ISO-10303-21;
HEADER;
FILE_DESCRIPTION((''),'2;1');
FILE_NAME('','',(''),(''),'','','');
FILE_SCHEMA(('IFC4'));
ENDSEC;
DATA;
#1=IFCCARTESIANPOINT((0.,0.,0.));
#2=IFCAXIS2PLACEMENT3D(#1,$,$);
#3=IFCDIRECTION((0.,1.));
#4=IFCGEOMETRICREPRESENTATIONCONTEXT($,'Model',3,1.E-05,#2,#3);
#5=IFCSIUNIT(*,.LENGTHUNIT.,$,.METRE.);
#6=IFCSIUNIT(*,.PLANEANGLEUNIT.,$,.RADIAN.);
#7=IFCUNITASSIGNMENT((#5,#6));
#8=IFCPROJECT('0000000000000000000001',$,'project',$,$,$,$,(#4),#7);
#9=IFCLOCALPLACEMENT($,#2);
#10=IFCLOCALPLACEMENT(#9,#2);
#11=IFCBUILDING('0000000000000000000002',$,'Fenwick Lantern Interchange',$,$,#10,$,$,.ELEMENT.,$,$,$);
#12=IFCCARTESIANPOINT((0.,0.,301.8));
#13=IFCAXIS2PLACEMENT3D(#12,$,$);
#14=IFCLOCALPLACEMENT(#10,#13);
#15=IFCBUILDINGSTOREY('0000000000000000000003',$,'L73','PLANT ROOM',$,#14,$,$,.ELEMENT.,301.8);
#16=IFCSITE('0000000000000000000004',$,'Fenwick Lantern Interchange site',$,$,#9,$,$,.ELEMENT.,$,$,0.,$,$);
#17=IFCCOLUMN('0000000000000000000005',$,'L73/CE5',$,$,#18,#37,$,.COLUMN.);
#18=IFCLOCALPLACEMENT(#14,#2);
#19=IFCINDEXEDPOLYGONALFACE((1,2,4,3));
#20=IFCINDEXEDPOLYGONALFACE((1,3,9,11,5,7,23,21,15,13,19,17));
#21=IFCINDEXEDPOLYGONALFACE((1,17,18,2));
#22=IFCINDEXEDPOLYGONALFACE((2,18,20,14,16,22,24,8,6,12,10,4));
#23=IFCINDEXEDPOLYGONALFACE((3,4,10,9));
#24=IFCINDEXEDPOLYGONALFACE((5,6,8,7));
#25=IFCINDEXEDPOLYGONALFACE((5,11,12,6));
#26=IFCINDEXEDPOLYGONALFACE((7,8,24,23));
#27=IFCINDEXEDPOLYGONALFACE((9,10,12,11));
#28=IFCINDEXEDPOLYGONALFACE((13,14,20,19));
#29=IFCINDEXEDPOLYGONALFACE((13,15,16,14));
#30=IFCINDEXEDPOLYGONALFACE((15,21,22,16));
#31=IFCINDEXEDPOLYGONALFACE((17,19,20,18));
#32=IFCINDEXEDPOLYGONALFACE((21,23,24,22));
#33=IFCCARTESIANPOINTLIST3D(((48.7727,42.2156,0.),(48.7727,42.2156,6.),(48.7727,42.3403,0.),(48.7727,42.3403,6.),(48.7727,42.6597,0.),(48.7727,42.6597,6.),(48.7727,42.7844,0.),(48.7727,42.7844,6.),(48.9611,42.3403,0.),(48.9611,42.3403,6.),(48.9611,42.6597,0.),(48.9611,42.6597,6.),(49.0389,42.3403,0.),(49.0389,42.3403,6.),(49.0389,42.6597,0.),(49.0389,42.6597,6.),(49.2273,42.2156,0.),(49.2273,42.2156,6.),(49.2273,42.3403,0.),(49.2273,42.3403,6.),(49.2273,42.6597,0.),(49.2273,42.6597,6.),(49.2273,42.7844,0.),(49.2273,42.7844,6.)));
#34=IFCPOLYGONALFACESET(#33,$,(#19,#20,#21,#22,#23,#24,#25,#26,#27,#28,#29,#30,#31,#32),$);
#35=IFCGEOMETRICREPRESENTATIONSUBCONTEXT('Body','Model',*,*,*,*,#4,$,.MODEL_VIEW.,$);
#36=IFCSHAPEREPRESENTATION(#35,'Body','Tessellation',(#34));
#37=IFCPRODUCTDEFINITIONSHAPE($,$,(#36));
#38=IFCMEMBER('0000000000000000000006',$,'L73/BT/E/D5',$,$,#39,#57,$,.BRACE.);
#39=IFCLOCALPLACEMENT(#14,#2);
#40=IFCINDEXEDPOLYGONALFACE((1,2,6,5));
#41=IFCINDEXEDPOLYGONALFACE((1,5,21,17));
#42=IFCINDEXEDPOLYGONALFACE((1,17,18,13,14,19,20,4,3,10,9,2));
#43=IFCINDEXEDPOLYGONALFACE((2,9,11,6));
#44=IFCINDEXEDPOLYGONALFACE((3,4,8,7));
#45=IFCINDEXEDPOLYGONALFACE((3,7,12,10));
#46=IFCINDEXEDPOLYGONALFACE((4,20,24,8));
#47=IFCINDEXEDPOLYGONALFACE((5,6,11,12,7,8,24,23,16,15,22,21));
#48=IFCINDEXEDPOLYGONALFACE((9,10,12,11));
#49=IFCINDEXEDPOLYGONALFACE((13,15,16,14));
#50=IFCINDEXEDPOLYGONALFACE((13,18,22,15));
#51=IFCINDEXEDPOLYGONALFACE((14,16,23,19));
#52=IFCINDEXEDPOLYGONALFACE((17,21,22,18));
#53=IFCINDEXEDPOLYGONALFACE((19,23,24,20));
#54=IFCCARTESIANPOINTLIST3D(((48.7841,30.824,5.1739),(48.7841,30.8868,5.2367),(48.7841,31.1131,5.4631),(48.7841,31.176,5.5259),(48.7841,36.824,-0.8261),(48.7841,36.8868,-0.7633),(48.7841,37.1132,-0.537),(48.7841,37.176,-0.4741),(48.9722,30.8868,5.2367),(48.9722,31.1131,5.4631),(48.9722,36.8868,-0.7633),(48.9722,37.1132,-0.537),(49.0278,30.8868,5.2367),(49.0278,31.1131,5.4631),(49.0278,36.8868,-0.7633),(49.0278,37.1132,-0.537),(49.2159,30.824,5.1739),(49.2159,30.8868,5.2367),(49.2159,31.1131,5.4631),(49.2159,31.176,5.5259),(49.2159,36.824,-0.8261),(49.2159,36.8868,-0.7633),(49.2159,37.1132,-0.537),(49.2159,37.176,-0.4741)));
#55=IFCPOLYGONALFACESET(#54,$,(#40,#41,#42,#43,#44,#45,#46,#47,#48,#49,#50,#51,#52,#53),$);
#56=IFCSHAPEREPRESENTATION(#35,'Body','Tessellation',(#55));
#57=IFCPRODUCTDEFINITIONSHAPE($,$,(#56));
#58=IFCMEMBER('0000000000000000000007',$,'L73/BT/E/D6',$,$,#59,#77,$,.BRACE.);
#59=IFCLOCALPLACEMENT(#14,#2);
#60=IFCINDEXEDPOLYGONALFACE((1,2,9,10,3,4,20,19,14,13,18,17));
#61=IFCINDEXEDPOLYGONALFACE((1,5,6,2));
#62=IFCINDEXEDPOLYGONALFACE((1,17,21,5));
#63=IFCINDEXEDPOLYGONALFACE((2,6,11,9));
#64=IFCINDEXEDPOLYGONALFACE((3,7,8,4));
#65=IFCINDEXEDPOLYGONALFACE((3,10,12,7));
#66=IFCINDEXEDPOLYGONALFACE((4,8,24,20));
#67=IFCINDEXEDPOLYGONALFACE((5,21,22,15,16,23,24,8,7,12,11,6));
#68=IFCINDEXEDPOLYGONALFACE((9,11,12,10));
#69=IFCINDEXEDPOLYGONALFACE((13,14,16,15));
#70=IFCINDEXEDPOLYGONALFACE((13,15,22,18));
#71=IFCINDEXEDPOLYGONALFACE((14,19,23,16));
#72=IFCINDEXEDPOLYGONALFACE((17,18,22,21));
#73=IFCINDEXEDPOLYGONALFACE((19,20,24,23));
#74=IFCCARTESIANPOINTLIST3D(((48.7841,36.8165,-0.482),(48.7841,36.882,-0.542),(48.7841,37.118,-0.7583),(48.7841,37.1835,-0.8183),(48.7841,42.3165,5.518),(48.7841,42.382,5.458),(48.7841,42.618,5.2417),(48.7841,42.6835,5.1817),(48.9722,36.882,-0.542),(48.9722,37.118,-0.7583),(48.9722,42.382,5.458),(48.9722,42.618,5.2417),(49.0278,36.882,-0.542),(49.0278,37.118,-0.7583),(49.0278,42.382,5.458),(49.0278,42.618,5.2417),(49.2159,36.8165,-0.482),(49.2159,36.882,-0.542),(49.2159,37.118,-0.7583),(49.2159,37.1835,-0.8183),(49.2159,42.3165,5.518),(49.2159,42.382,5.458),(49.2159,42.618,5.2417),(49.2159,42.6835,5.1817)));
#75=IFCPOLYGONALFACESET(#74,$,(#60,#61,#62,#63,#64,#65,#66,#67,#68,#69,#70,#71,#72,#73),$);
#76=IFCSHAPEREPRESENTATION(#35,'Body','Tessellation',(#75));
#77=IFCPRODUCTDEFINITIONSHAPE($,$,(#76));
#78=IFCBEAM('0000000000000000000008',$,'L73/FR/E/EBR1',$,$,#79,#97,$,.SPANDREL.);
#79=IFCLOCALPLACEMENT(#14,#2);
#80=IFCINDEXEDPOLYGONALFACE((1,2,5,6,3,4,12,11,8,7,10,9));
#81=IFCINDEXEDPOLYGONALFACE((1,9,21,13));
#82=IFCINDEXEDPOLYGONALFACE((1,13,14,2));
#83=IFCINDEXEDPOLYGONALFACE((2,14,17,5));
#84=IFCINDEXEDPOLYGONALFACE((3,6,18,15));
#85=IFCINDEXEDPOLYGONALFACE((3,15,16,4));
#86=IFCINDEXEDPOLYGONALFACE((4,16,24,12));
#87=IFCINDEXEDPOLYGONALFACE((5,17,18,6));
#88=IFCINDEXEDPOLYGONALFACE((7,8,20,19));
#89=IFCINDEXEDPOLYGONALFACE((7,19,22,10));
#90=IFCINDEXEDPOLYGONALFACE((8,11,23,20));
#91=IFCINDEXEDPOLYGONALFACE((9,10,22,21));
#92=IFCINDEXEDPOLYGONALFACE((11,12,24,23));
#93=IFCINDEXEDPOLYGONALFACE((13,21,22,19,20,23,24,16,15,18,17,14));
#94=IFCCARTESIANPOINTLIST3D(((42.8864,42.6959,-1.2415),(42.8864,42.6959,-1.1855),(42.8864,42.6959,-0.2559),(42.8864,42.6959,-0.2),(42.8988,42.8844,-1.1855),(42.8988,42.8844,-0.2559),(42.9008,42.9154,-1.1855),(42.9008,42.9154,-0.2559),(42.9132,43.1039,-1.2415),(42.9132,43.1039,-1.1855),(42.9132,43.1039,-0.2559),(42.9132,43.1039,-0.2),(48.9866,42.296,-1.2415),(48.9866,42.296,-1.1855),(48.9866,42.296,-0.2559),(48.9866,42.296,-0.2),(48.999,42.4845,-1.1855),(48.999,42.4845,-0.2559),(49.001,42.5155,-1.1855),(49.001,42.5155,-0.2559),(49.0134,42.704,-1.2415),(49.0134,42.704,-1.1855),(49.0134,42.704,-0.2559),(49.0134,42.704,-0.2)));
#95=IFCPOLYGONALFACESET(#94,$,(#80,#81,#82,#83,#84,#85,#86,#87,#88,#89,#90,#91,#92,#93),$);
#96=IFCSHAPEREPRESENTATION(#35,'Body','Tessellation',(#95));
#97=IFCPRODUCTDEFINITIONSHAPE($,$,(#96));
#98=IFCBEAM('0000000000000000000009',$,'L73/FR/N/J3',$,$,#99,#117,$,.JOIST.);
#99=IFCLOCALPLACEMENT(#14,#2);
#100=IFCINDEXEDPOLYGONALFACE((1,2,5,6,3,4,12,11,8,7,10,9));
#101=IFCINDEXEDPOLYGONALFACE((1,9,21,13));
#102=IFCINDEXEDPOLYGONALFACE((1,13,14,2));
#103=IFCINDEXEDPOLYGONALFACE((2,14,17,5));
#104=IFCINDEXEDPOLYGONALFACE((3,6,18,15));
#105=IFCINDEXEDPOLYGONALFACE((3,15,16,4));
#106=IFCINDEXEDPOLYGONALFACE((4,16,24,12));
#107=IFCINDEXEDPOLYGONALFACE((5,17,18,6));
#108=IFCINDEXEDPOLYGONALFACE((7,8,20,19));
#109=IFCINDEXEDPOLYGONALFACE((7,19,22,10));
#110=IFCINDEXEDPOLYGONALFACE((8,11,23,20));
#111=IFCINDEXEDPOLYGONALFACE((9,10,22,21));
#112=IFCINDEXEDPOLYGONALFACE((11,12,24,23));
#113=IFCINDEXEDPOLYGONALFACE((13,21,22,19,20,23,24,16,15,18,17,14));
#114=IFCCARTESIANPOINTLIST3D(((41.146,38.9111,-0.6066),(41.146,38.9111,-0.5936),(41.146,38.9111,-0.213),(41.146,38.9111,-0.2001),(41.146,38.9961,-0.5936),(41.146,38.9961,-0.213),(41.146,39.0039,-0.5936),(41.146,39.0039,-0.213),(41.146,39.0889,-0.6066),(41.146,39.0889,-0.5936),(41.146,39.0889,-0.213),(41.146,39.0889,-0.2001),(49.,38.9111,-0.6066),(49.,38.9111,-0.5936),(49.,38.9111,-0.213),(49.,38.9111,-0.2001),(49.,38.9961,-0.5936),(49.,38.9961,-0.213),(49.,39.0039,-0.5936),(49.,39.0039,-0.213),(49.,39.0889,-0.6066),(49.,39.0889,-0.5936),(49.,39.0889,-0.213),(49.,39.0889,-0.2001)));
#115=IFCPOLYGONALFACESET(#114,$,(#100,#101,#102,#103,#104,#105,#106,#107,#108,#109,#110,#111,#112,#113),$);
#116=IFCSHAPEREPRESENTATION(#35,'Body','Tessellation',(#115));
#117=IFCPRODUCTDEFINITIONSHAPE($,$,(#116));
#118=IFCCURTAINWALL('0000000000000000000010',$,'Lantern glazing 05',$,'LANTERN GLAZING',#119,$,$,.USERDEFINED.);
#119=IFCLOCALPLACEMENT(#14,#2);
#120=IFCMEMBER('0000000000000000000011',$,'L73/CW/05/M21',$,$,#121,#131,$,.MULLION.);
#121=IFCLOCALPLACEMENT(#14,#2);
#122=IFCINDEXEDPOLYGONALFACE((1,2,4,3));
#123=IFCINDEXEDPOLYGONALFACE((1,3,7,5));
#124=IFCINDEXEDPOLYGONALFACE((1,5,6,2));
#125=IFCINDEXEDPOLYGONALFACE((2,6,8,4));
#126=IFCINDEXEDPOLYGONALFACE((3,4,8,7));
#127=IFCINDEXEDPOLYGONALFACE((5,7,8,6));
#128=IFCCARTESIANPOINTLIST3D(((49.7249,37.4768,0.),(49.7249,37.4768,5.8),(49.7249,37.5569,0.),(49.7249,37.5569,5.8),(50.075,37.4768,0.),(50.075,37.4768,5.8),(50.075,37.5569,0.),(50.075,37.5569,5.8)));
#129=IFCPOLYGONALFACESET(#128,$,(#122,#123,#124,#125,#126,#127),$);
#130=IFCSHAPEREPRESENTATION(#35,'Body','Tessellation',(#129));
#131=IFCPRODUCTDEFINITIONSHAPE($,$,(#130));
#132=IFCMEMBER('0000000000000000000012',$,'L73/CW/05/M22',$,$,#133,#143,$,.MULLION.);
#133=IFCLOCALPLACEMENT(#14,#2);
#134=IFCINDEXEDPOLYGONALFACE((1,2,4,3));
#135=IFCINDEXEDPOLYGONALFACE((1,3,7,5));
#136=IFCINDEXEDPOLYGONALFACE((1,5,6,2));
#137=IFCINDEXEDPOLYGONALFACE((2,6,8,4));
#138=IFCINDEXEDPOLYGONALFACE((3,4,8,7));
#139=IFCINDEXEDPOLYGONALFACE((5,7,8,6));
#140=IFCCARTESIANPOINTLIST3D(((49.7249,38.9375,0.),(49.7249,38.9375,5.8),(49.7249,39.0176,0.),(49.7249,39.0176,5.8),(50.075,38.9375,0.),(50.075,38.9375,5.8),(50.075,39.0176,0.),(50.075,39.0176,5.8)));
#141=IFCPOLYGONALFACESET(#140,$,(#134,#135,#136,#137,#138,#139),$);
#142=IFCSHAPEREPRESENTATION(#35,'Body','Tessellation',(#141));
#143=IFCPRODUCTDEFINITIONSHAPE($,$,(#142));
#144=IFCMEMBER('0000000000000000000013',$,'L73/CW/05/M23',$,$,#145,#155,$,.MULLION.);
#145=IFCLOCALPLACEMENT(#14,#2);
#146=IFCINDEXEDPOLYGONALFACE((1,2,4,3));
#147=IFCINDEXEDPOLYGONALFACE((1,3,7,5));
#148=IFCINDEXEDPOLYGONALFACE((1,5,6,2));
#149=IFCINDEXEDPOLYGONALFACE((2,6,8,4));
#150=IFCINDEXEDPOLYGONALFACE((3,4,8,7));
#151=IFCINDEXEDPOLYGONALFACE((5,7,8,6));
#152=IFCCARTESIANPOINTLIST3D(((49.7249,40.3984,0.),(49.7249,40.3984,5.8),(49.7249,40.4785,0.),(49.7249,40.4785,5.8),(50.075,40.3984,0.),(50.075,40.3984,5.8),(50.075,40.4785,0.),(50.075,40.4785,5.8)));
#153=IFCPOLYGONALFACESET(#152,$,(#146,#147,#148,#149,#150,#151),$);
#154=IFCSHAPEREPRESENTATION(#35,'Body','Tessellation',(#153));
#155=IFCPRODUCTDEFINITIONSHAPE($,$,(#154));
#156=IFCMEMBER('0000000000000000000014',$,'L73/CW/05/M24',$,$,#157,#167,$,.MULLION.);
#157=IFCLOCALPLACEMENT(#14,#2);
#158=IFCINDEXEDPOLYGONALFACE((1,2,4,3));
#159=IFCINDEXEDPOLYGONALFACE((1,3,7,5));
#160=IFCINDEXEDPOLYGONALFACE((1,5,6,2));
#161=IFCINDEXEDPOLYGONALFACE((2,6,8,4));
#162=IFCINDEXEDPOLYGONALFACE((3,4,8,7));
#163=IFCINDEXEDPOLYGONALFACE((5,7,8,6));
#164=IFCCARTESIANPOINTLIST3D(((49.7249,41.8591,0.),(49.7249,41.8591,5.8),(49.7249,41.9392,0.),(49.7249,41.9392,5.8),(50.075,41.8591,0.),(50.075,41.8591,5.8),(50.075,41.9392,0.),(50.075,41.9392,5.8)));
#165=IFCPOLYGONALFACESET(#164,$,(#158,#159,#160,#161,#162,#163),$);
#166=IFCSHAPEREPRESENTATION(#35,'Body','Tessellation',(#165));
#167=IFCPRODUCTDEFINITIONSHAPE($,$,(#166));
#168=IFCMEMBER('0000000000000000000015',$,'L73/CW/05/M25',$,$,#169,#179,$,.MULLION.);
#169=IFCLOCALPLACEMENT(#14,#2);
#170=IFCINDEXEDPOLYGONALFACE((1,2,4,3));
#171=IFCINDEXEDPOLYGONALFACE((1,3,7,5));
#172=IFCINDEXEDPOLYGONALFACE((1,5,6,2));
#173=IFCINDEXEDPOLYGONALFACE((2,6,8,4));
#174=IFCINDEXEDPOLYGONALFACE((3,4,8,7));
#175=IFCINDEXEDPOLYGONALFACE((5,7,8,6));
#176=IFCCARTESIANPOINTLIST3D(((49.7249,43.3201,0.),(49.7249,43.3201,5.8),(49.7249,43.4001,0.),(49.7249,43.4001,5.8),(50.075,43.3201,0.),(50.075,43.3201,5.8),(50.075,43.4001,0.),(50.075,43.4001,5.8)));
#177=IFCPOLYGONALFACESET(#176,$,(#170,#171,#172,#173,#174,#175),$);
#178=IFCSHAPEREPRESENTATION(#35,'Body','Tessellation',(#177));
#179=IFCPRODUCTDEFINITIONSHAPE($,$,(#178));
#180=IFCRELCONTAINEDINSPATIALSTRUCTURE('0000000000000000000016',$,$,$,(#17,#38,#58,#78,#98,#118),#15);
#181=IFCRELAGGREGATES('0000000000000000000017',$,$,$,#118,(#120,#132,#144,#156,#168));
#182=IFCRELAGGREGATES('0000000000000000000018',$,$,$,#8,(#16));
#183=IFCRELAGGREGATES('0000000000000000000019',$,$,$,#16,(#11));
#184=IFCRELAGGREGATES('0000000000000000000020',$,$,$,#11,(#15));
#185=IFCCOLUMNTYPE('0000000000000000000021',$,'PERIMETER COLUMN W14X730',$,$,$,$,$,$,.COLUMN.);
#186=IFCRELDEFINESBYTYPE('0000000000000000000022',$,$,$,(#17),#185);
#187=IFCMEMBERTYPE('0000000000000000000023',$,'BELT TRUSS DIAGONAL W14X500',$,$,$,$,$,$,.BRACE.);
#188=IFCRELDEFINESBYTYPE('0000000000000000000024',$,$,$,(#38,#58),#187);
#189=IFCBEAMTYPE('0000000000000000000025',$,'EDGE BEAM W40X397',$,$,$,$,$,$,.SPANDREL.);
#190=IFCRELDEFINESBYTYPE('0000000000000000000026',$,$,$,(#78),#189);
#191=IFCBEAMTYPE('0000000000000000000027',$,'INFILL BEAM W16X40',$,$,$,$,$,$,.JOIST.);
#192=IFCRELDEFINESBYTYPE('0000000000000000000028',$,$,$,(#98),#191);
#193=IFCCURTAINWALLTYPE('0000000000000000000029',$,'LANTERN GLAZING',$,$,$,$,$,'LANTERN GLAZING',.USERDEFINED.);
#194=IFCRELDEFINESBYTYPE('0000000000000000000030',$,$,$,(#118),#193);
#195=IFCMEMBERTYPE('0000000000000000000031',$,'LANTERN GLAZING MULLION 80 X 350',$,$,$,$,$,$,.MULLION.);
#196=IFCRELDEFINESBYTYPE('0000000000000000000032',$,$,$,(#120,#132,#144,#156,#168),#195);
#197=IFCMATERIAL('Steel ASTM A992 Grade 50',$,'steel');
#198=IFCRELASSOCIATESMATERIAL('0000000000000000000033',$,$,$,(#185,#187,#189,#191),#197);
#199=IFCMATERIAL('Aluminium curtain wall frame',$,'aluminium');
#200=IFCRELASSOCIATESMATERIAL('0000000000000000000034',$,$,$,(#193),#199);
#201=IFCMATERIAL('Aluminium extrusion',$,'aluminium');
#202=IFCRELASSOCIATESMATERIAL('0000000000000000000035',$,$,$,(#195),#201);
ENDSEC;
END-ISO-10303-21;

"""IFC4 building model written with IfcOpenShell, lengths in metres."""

from ifc_helpers import new_model, si_unit, direction, frame, origin, origin_2d, place, context, subcontext, project, spatial, rectangle, i_section, extrude, material, material_profile, profile_set, type_object, element, aggregate, save


model = new_model("IFC4")

# Units and contexts
model_context = context("Model", 3, precision=1e-05, world=origin(), true_north=direction((0.0, 1.0)))
body_context = subcontext(model_context, "Body", "Model", "MODEL_VIEW")
ifc_project = project(units=[si_unit("LENGTHUNIT", "METRE"), si_unit("PLANEANGLEUNIT", "RADIAN")], contexts=[model_context])

# Site, building, storey
site_placement = place(None, origin())
site = spatial("IfcSite", under=ifc_project, at=site_placement, Name="Fenwick Lantern Interchange site", CompositionType="ELEMENT", RefElevation=0.0)
building_placement = place(site_placement, origin())
building = spatial("IfcBuilding", under=site, at=building_placement, Name="Fenwick Lantern Interchange", CompositionType="ELEMENT")
storey_placement = place(building_placement, frame((0.0, 0.0, 301.8)))
storey = spatial("IfcBuildingStorey", under=building, at=storey_placement, Name="L73", Description="PLANT ROOM", CompositionType="ELEMENT", Elevation=301.8)

# Column
ifc_material_1 = material(Name="Steel ASTM A992 Grade 50", Category="steel")
ifc_material_profile_1 = material_profile(ifc_material_1, i_section(OverallWidth=0.4546, OverallDepth=0.5688, WebThickness=0.0779, FlangeThickness=0.1248, at=origin_2d()), Name="W14X730")
ifc_profile_set_1 = profile_set([ifc_material_profile_1], Name="Steel ASTM A992 Grade 50")
column_type = type_object("IfcColumnType", Name="PERIMETER COLUMN W14X730", PredefinedType="COLUMN", material=ifc_profile_set_1)
column_placement = place(storey_placement, frame((49.0, 42.5, 0.0), z_axis=(0.0, 0.0, 1.0), x_axis=(1.0, 0.0, 0.0)))
element("IfcColumn", 1, at=column_placement, inside=storey, type_object=column_type, Name="L73/CE5", PredefinedType="COLUMN", context=body_context, shape_type="SweptSolid", body=[
    extrude(i_section(OverallWidth=0.4546, OverallDepth=0.5688, WebThickness=0.0779, FlangeThickness=0.1248, at=origin_2d()), origin(), (0.0, 0.0, 1.0), 6.0),
])

# Members
ifc_material_profile_2 = material_profile(ifc_material_1, i_section(OverallWidth=0.4319, OverallDepth=0.4978, WebThickness=0.0557, FlangeThickness=0.0889, at=origin_2d()), Name="W14X500")
ifc_profile_set_2 = profile_set([ifc_material_profile_2], Name="Steel ASTM A992 Grade 50")
member_type_1 = type_object("IfcMemberType", Name="BELT TRUSS DIAGONAL W14X500", PredefinedType="BRACE", material=ifc_profile_set_2)
member_1_placement = place(storey_placement, frame((49.0, 37.0, -0.6501), z_axis=(0.0, -0.707107, 0.707107), x_axis=(1.0, 0.0, 0.0)))
element("IfcMember", 2, at=member_1_placement, inside=storey, type_object=member_type_1, Name="L73/BT/E/D5", PredefinedType="BRACE", context=body_context, shape_type="SweptSolid", body=[
    extrude(i_section(OverallWidth=0.4319, OverallDepth=0.4978, WebThickness=0.0557, FlangeThickness=0.0889, at=origin_2d()), origin(), (0.0, 0.0, 1.0), 8.4854),
])
member_2_placement = place(storey_placement, frame((49.0, 37.0, -0.6501), z_axis=(0.0, 0.675725, 0.737154), x_axis=(-1.0, 0.0, 0.0)))
element("IfcMember", 3, at=member_2_placement, inside=storey, type_object=member_type_1, Name="L73/BT/E/D6", PredefinedType="BRACE", context=body_context, shape_type="SweptSolid", body=[
    extrude(i_section(OverallWidth=0.4319, OverallDepth=0.4978, WebThickness=0.0557, FlangeThickness=0.0889, at=origin_2d()), origin(), (0.0, 0.0, 1.0), 8.1394),
])

# Beams
ifc_material_profile_3 = material_profile(ifc_material_1, i_section(OverallWidth=0.4089, OverallDepth=1.0415, WebThickness=0.031, FlangeThickness=0.0559, at=origin_2d()), Name="W40X397")
ifc_profile_set_3 = profile_set([ifc_material_profile_3], Name="Steel ASTM A992 Grade 50")
beam_type_1 = type_object("IfcBeamType", Name="EDGE BEAM W40X397", PredefinedType="SPANDREL", material=ifc_profile_set_3)
beam_1_placement = place(storey_placement, frame((49.0, 42.5, -0.7207), z_axis=(-0.997858, 0.065416, 0.0), x_axis=(-0.065416, -0.997858, 0.0)))
element("IfcBeam", 4, at=beam_1_placement, inside=storey, type_object=beam_type_1, Name="L73/FR/E/EBR1", PredefinedType="SPANDREL", context=body_context, shape_type="SweptSolid", body=[
    extrude(i_section(OverallWidth=0.4089, OverallDepth=1.0415, WebThickness=0.031, FlangeThickness=0.0559, at=origin_2d()), origin(), (0.0, 0.0, 1.0), 6.1133),
])
ifc_material_profile_4 = material_profile(ifc_material_1, i_section(OverallWidth=0.1777, OverallDepth=0.4065, WebThickness=0.0078, FlangeThickness=0.0129, at=origin_2d()), Name="W16X40")
ifc_profile_set_4 = profile_set([ifc_material_profile_4], Name="Steel ASTM A992 Grade 50")
beam_type_2 = type_object("IfcBeamType", Name="INFILL BEAM W16X40", PredefinedType="JOIST", material=ifc_profile_set_4)
beam_2_placement = place(storey_placement, frame((49.0, 39.0, -0.4033), z_axis=(-1.0, 0.0, 0.0), x_axis=(0.0, -1.0, 0.0)))
element("IfcBeam", 5, at=beam_2_placement, inside=storey, type_object=beam_type_2, Name="L73/FR/N/J3", PredefinedType="JOIST", context=body_context, shape_type="SweptSolid", body=[
    extrude(i_section(OverallWidth=0.1777, OverallDepth=0.4065, WebThickness=0.0078, FlangeThickness=0.0129, at=origin_2d()), origin(), (0.0, 0.0, 1.0), 7.854),
])

# Curtain wall, members
ifc_material_2 = material(Name="Aluminium curtain wall frame", Category="aluminium")
curtain_wall_type = type_object("IfcCurtainWallType", Name="LANTERN GLAZING", ElementType="LANTERN GLAZING", PredefinedType="USERDEFINED", material=ifc_material_2)
curtain_wall_1_placement = place(storey_placement, origin())
curtain_wall_1 = element("IfcCurtainWall", 6, at=curtain_wall_1_placement, inside=storey, type_object=curtain_wall_type, Name="Lantern glazing 05", ObjectType="LANTERN GLAZING", PredefinedType="USERDEFINED")
ifc_material_3 = material(Name="Aluminium extrusion", Category="aluminium")
ifc_material_profile_5 = material_profile(ifc_material_3, rectangle(XDim=0.3501, YDim=0.0801, at=origin_2d()), Name="LANTERN GLAZING MULLION 80 X 350")
ifc_profile_set_5 = profile_set([ifc_material_profile_5], Name="Aluminium extrusion")
member_type_2 = type_object("IfcMemberType", Name="LANTERN GLAZING MULLION 80 X 350", PredefinedType="MULLION", material=ifc_profile_set_5)
member_3_placement = place(storey_placement, frame((49.8999, 37.5168, 0.0), z_axis=(0.0, 0.0, 1.0), x_axis=(-1.0, 0.0, 0.0)))
member_3 = element("IfcMember", 7, at=member_3_placement, type_object=member_type_2, Name="L73/CW/05/M21", PredefinedType="MULLION", context=body_context, shape_type="SweptSolid", body=[
    extrude(rectangle(XDim=0.3501, YDim=0.0801, at=origin_2d()), origin(), (0.0, 0.0, 1.0), 5.8),
])
member_4_placement = place(storey_placement, frame((49.8999, 38.9775, 0.0), z_axis=(0.0, 0.0, 1.0), x_axis=(-1.0, 0.0, 0.0)))
member_4 = element("IfcMember", 8, at=member_4_placement, type_object=member_type_2, Name="L73/CW/05/M22", PredefinedType="MULLION", context=body_context, shape_type="SweptSolid", body=[
    extrude(rectangle(XDim=0.3501, YDim=0.0801, at=origin_2d()), origin(), (0.0, 0.0, 1.0), 5.8),
])
member_5_placement = place(storey_placement, frame((49.8999, 40.4385, 0.0), z_axis=(0.0, 0.0, 1.0), x_axis=(-1.0, 0.0, 0.0)))
member_5 = element("IfcMember", 9, at=member_5_placement, type_object=member_type_2, Name="L73/CW/05/M23", PredefinedType="MULLION", context=body_context, shape_type="SweptSolid", body=[
    extrude(rectangle(XDim=0.3501, YDim=0.0801, at=origin_2d()), origin(), (0.0, 0.0, 1.0), 5.8),
])
member_6_placement = place(storey_placement, frame((49.8999, 41.8992, 0.0), z_axis=(0.0, 0.0, 1.0), x_axis=(-1.0, 0.0, 0.0)))
member_6 = element("IfcMember", 10, at=member_6_placement, type_object=member_type_2, Name="L73/CW/05/M24", PredefinedType="MULLION", context=body_context, shape_type="SweptSolid", body=[
    extrude(rectangle(XDim=0.3501, YDim=0.0801, at=origin_2d()), origin(), (0.0, 0.0, 1.0), 5.8),
])
member_7_placement = place(storey_placement, frame((49.8999, 43.3601, 0.0), z_axis=(0.0, 0.0, 1.0), x_axis=(-1.0, 0.0, 0.0)))
member_7 = element("IfcMember", 11, at=member_7_placement, type_object=member_type_2, Name="L73/CW/05/M25", PredefinedType="MULLION", context=body_context, shape_type="SweptSolid", body=[
    extrude(rectangle(XDim=0.3501, YDim=0.0801, at=origin_2d()), origin(), (0.0, 0.0, 1.0), 5.8),
])

aggregate(curtain_wall_1, [member_3, member_4, member_5, member_6, member_7])

save(model, "model.ifc")
